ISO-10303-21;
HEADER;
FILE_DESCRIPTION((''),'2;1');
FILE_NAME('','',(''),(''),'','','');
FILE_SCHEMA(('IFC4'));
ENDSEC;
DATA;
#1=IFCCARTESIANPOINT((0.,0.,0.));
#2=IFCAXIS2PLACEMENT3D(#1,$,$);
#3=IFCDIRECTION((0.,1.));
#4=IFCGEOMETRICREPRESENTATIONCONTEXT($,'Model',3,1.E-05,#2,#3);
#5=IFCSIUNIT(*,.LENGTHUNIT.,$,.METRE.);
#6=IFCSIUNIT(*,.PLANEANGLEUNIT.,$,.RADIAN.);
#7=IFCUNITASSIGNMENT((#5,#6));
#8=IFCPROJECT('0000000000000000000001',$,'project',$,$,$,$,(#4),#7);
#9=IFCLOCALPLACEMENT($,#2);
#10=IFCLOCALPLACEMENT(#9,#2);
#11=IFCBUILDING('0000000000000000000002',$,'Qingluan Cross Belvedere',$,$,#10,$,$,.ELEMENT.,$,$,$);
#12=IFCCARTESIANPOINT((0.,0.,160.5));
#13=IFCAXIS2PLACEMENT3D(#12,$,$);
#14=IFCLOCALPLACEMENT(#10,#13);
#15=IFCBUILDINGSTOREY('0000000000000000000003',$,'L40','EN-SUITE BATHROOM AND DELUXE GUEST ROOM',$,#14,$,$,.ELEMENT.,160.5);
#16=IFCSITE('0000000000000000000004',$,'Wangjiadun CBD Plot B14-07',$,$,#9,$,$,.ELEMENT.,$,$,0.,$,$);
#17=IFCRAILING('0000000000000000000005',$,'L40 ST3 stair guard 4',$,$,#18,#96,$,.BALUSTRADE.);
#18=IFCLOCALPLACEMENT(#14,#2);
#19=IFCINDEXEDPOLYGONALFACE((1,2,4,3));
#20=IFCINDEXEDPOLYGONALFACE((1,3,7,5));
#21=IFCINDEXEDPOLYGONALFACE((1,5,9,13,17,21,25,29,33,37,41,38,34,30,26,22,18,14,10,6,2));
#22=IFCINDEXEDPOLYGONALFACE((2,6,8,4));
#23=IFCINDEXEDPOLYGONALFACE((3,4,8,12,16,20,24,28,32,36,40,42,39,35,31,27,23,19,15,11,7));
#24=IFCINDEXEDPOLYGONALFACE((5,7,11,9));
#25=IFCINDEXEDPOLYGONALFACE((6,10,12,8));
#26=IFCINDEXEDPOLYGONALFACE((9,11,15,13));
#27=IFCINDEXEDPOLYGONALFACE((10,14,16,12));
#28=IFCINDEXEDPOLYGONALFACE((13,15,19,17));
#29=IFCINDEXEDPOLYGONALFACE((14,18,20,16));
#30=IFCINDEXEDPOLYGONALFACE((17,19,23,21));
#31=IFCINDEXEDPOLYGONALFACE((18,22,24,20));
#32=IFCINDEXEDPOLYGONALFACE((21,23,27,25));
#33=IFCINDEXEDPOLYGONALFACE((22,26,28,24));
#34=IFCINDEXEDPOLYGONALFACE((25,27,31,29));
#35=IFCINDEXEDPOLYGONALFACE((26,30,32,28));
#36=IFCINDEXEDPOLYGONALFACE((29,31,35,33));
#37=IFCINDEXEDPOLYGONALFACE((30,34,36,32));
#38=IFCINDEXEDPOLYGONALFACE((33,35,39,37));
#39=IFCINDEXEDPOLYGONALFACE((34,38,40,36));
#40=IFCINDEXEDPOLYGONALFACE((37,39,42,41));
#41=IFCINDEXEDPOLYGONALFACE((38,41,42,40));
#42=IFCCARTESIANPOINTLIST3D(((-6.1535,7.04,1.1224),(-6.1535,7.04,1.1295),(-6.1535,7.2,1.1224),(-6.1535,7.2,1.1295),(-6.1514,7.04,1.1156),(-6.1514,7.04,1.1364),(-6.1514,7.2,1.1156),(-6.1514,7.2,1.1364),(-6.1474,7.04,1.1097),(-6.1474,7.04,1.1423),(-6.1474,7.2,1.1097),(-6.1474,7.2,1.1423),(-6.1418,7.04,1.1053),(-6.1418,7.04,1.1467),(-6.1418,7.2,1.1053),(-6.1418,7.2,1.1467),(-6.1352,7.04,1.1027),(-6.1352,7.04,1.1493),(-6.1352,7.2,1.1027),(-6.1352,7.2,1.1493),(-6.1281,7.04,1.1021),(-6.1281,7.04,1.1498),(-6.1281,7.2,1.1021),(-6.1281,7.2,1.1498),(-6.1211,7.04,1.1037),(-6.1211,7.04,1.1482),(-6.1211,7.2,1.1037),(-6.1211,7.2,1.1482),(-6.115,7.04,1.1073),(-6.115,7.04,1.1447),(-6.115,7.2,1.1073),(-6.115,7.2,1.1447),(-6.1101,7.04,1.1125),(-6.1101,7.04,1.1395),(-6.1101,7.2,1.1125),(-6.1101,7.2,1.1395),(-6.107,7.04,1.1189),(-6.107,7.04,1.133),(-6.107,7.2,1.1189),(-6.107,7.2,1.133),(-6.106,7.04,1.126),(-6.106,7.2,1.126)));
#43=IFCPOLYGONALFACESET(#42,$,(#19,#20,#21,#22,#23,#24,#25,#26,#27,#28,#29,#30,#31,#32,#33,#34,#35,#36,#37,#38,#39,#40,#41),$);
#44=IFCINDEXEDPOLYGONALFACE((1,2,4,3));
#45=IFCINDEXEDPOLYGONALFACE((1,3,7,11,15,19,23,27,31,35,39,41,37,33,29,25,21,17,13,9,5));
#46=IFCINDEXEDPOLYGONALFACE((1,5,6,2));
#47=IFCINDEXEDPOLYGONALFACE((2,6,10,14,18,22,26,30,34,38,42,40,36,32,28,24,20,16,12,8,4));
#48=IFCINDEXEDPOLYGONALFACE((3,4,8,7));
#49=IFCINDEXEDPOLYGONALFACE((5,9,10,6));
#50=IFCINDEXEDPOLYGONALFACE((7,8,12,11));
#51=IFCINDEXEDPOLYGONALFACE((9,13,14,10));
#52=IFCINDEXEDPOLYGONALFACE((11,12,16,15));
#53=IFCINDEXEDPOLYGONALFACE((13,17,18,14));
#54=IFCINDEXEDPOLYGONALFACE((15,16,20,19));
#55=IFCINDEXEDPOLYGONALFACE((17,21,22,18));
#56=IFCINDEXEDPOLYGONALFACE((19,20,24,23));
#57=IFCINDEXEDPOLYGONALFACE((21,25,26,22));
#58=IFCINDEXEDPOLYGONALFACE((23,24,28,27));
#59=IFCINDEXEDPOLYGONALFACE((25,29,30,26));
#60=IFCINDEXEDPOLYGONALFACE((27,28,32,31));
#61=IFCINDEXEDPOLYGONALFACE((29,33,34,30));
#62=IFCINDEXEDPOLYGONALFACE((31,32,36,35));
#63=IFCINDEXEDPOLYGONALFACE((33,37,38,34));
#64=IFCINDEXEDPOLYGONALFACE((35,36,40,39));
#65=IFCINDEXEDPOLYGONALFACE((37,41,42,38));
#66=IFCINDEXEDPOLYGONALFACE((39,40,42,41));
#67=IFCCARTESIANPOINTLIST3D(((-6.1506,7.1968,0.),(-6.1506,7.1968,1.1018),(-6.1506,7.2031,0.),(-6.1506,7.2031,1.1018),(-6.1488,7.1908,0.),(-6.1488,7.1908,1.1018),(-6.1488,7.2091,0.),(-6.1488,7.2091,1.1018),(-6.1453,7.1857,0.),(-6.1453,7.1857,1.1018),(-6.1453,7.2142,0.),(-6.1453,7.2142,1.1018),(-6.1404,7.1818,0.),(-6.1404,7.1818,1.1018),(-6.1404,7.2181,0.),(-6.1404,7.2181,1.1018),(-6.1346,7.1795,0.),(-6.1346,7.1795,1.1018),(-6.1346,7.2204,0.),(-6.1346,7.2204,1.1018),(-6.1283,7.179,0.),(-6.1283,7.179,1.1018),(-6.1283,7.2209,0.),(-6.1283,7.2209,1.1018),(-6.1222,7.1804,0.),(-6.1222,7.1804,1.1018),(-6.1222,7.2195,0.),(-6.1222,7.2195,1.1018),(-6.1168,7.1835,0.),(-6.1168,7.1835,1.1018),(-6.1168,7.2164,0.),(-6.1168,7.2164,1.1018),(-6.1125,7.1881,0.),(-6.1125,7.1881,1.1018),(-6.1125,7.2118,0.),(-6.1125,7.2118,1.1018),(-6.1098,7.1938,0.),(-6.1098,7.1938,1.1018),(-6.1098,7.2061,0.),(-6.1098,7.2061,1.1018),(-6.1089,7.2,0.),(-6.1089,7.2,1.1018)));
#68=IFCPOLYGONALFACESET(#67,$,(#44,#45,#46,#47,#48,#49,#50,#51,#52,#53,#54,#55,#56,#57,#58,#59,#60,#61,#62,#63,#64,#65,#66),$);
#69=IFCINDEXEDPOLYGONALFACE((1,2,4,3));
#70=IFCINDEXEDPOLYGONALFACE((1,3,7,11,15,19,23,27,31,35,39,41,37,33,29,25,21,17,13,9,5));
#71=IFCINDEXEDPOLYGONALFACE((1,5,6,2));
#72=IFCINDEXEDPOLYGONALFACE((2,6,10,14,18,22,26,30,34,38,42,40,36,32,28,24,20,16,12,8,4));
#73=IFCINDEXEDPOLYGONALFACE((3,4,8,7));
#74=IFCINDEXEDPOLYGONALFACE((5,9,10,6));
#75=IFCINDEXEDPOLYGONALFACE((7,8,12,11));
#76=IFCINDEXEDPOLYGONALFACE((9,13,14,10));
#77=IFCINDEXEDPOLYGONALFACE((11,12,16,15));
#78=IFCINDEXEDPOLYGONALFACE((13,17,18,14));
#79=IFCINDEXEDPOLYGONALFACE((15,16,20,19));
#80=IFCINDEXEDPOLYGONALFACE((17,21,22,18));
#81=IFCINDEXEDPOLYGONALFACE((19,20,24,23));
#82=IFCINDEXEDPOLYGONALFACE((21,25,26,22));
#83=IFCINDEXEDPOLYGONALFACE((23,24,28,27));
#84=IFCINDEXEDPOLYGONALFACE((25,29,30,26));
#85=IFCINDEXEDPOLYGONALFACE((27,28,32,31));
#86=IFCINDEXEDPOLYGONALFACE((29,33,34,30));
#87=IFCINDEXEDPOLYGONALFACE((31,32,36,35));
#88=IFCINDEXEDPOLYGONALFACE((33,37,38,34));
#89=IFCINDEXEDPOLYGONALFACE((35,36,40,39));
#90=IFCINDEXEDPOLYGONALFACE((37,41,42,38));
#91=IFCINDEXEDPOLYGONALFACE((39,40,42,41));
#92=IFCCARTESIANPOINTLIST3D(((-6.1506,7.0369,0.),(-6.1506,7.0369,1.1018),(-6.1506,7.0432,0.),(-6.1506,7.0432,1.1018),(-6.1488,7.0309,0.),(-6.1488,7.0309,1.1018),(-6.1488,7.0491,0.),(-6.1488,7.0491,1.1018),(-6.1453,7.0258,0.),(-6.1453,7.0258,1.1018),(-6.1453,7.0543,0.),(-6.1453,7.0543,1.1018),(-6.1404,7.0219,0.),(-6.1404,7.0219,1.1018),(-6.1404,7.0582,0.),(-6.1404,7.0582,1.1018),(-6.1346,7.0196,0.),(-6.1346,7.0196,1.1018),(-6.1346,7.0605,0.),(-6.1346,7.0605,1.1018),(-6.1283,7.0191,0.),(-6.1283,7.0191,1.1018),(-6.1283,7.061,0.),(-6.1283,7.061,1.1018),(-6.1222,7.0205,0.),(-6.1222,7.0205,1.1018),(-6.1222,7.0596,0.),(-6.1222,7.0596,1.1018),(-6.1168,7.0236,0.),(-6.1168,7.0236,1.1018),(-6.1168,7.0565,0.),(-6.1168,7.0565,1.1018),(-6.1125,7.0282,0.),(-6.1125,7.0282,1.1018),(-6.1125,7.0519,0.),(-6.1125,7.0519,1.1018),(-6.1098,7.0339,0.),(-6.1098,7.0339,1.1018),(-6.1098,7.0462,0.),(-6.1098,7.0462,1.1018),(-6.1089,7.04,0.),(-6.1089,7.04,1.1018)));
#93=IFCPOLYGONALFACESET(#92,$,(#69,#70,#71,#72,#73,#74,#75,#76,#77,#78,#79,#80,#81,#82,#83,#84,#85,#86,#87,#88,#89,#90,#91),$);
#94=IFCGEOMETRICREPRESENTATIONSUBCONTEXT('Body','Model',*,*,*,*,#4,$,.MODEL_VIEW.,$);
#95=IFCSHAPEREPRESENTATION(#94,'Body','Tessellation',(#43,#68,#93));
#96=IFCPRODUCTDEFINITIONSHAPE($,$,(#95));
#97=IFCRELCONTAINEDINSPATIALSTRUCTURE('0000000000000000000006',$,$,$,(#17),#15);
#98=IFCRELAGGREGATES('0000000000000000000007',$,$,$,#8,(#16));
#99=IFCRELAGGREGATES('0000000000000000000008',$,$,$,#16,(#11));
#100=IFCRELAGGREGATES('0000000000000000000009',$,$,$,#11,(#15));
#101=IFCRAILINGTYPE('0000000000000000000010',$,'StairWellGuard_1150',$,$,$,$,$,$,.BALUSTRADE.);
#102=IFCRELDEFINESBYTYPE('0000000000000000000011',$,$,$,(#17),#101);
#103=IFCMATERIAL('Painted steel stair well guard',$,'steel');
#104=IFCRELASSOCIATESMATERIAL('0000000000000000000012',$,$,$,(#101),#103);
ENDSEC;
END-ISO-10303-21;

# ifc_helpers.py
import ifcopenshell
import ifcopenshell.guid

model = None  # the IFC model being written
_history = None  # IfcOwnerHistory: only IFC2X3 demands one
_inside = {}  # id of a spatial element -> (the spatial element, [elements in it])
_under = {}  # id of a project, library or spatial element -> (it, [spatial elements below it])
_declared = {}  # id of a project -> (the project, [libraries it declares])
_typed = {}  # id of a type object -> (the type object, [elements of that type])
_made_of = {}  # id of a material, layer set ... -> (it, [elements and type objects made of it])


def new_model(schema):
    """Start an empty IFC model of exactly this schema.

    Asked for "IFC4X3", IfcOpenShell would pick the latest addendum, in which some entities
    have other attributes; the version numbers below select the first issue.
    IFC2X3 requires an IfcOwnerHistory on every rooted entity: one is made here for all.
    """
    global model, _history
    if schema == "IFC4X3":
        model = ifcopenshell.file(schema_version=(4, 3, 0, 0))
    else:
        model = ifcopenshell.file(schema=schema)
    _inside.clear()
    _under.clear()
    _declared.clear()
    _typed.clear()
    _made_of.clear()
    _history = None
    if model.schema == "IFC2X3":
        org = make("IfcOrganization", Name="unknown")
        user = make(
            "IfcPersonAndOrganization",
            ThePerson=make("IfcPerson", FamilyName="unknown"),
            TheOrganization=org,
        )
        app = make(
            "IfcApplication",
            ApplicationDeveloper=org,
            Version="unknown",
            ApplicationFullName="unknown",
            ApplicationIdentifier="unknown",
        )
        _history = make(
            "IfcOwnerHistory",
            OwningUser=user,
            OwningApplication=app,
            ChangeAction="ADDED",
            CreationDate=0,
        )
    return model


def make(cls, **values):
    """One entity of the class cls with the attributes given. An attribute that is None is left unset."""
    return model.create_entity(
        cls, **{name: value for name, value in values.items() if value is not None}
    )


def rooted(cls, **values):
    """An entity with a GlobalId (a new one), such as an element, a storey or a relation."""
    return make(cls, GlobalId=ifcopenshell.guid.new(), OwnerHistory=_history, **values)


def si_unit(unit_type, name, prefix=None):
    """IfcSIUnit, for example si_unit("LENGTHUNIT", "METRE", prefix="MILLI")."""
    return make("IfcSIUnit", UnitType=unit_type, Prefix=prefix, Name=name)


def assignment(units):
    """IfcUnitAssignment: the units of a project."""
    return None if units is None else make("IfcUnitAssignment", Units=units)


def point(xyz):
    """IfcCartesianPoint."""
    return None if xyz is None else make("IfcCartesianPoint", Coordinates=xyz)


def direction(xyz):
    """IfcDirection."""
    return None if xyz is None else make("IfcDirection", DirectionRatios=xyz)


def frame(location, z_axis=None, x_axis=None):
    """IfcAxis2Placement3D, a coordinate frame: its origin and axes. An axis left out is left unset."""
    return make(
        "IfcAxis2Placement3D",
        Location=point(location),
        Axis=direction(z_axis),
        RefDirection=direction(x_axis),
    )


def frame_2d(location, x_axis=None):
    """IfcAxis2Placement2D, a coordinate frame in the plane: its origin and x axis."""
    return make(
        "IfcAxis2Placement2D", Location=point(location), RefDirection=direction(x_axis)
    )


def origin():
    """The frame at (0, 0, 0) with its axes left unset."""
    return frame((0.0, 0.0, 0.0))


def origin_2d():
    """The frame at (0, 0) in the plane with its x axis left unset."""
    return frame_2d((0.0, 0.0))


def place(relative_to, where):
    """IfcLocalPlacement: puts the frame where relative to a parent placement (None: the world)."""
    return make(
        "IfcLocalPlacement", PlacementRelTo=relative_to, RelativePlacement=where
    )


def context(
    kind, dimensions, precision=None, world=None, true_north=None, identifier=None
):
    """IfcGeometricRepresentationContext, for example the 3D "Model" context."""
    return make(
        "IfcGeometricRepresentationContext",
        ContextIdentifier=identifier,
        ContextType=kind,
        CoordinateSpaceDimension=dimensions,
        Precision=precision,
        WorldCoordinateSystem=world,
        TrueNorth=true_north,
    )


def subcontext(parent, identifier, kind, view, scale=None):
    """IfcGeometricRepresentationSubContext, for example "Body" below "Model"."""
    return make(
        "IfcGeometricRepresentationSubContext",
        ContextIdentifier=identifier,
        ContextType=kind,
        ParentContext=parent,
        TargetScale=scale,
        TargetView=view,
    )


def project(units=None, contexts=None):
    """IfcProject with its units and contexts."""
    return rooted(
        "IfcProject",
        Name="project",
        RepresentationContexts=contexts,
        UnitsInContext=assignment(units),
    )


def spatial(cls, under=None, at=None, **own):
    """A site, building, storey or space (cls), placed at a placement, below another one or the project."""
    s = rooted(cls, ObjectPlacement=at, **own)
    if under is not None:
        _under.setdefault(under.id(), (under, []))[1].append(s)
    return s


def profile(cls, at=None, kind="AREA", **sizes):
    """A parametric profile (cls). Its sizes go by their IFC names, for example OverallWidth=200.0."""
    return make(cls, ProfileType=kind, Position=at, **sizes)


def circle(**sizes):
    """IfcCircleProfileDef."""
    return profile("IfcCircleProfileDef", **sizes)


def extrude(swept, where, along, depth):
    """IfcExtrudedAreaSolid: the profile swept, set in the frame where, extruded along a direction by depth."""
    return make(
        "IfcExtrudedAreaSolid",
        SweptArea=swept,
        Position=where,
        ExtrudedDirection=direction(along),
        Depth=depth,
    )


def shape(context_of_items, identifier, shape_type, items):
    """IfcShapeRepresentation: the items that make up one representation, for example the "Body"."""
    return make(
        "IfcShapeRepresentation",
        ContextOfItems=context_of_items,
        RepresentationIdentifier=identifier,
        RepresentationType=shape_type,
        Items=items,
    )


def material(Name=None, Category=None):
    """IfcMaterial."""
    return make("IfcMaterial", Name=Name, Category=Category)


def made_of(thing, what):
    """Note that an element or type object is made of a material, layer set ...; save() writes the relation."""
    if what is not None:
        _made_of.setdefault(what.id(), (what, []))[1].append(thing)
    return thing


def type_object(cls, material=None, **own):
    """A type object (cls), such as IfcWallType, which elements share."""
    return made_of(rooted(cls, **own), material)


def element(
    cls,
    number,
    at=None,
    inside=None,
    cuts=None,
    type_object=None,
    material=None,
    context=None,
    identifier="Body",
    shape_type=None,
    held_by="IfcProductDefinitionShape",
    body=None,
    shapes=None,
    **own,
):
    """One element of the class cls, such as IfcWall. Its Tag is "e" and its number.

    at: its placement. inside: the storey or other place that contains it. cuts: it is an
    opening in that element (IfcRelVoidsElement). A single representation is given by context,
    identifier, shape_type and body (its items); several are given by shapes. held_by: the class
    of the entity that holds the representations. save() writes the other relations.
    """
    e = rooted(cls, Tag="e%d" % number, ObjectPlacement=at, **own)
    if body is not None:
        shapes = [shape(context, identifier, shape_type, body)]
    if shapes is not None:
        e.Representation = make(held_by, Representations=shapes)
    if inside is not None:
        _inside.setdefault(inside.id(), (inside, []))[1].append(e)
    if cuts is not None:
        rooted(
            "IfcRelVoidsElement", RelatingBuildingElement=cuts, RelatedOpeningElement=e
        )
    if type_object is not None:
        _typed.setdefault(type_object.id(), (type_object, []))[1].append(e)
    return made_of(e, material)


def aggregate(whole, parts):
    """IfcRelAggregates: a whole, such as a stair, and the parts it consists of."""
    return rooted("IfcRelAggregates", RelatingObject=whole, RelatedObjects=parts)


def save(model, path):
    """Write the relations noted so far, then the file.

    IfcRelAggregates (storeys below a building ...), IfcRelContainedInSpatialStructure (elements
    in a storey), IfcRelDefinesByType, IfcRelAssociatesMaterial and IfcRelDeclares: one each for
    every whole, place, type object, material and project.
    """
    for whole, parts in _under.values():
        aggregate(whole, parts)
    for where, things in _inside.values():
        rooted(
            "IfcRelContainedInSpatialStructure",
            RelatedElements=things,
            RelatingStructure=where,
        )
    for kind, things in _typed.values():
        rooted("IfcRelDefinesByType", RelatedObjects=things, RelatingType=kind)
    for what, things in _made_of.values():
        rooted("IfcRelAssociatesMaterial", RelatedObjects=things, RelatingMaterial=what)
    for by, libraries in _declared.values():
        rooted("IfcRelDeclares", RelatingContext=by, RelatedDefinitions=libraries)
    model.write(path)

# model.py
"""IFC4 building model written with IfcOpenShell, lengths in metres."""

from ifc_helpers import new_model, si_unit, direction, frame, origin, origin_2d, place, context, subcontext, project, spatial, circle, extrude, material, type_object, element, save


model = new_model("IFC4")

# Units and contexts
model_context = context("Model", 3, precision=1e-05, world=origin(), true_north=direction((0.0, 1.0)))
body_context = subcontext(model_context, "Body", "Model", "MODEL_VIEW")
ifc_project = project(units=[si_unit("LENGTHUNIT", "METRE"), si_unit("PLANEANGLEUNIT", "RADIAN")], contexts=[model_context])

# Site, building, storey
site_placement = place(None, origin())
site = spatial("IfcSite", under=ifc_project, at=site_placement, Name="Wangjiadun CBD Plot B14-07", CompositionType="ELEMENT", RefElevation=0.0)
building_placement = place(site_placement, origin())
building = spatial("IfcBuilding", under=site, at=building_placement, Name="Qingluan Cross Belvedere", CompositionType="ELEMENT")
storey_placement = place(building_placement, frame((0.0, 0.0, 160.5)))
storey = spatial("IfcBuildingStorey", under=building, at=storey_placement, Name="L40", Description="EN-SUITE BATHROOM AND DELUXE GUEST ROOM", CompositionType="ELEMENT", Elevation=160.5)

# Railing
ifc_material_1 = material(Name="Painted steel stair well guard", Category="steel")
railing_type_1 = type_object("IfcRailingType", Name="StairWellGuard_1150", PredefinedType="BALUSTRADE", material=ifc_material_1)
railing_1_placement = place(storey_placement, frame((-6.1299, 7.2, 0.0)))
element("IfcRailing", 1, at=railing_1_placement, inside=storey, type_object=railing_type_1, Name="L40 ST3 stair guard 4", PredefinedType="BALUSTRADE", context=body_context, shape_type="SweptSolid", body=[
    extrude(circle(Radius=0.0239, at=origin_2d()), frame((0.0, 0.0, 1.126), z_axis=(0.0, -1.0, 0.0), x_axis=(1.0, 0.0, 0.0)), (0.0, 0.0, 1.0), 0.1599),
    extrude(circle(Radius=0.021, at=origin_2d()), origin(), (0.0, 0.0, 1.0), 1.1018),
    extrude(circle(Radius=0.021, at=origin_2d()), frame((0.0, -0.1599, 0.0)), (0.0, 0.0, 1.0), 1.1018),
])

save(model, "model.ifc")
